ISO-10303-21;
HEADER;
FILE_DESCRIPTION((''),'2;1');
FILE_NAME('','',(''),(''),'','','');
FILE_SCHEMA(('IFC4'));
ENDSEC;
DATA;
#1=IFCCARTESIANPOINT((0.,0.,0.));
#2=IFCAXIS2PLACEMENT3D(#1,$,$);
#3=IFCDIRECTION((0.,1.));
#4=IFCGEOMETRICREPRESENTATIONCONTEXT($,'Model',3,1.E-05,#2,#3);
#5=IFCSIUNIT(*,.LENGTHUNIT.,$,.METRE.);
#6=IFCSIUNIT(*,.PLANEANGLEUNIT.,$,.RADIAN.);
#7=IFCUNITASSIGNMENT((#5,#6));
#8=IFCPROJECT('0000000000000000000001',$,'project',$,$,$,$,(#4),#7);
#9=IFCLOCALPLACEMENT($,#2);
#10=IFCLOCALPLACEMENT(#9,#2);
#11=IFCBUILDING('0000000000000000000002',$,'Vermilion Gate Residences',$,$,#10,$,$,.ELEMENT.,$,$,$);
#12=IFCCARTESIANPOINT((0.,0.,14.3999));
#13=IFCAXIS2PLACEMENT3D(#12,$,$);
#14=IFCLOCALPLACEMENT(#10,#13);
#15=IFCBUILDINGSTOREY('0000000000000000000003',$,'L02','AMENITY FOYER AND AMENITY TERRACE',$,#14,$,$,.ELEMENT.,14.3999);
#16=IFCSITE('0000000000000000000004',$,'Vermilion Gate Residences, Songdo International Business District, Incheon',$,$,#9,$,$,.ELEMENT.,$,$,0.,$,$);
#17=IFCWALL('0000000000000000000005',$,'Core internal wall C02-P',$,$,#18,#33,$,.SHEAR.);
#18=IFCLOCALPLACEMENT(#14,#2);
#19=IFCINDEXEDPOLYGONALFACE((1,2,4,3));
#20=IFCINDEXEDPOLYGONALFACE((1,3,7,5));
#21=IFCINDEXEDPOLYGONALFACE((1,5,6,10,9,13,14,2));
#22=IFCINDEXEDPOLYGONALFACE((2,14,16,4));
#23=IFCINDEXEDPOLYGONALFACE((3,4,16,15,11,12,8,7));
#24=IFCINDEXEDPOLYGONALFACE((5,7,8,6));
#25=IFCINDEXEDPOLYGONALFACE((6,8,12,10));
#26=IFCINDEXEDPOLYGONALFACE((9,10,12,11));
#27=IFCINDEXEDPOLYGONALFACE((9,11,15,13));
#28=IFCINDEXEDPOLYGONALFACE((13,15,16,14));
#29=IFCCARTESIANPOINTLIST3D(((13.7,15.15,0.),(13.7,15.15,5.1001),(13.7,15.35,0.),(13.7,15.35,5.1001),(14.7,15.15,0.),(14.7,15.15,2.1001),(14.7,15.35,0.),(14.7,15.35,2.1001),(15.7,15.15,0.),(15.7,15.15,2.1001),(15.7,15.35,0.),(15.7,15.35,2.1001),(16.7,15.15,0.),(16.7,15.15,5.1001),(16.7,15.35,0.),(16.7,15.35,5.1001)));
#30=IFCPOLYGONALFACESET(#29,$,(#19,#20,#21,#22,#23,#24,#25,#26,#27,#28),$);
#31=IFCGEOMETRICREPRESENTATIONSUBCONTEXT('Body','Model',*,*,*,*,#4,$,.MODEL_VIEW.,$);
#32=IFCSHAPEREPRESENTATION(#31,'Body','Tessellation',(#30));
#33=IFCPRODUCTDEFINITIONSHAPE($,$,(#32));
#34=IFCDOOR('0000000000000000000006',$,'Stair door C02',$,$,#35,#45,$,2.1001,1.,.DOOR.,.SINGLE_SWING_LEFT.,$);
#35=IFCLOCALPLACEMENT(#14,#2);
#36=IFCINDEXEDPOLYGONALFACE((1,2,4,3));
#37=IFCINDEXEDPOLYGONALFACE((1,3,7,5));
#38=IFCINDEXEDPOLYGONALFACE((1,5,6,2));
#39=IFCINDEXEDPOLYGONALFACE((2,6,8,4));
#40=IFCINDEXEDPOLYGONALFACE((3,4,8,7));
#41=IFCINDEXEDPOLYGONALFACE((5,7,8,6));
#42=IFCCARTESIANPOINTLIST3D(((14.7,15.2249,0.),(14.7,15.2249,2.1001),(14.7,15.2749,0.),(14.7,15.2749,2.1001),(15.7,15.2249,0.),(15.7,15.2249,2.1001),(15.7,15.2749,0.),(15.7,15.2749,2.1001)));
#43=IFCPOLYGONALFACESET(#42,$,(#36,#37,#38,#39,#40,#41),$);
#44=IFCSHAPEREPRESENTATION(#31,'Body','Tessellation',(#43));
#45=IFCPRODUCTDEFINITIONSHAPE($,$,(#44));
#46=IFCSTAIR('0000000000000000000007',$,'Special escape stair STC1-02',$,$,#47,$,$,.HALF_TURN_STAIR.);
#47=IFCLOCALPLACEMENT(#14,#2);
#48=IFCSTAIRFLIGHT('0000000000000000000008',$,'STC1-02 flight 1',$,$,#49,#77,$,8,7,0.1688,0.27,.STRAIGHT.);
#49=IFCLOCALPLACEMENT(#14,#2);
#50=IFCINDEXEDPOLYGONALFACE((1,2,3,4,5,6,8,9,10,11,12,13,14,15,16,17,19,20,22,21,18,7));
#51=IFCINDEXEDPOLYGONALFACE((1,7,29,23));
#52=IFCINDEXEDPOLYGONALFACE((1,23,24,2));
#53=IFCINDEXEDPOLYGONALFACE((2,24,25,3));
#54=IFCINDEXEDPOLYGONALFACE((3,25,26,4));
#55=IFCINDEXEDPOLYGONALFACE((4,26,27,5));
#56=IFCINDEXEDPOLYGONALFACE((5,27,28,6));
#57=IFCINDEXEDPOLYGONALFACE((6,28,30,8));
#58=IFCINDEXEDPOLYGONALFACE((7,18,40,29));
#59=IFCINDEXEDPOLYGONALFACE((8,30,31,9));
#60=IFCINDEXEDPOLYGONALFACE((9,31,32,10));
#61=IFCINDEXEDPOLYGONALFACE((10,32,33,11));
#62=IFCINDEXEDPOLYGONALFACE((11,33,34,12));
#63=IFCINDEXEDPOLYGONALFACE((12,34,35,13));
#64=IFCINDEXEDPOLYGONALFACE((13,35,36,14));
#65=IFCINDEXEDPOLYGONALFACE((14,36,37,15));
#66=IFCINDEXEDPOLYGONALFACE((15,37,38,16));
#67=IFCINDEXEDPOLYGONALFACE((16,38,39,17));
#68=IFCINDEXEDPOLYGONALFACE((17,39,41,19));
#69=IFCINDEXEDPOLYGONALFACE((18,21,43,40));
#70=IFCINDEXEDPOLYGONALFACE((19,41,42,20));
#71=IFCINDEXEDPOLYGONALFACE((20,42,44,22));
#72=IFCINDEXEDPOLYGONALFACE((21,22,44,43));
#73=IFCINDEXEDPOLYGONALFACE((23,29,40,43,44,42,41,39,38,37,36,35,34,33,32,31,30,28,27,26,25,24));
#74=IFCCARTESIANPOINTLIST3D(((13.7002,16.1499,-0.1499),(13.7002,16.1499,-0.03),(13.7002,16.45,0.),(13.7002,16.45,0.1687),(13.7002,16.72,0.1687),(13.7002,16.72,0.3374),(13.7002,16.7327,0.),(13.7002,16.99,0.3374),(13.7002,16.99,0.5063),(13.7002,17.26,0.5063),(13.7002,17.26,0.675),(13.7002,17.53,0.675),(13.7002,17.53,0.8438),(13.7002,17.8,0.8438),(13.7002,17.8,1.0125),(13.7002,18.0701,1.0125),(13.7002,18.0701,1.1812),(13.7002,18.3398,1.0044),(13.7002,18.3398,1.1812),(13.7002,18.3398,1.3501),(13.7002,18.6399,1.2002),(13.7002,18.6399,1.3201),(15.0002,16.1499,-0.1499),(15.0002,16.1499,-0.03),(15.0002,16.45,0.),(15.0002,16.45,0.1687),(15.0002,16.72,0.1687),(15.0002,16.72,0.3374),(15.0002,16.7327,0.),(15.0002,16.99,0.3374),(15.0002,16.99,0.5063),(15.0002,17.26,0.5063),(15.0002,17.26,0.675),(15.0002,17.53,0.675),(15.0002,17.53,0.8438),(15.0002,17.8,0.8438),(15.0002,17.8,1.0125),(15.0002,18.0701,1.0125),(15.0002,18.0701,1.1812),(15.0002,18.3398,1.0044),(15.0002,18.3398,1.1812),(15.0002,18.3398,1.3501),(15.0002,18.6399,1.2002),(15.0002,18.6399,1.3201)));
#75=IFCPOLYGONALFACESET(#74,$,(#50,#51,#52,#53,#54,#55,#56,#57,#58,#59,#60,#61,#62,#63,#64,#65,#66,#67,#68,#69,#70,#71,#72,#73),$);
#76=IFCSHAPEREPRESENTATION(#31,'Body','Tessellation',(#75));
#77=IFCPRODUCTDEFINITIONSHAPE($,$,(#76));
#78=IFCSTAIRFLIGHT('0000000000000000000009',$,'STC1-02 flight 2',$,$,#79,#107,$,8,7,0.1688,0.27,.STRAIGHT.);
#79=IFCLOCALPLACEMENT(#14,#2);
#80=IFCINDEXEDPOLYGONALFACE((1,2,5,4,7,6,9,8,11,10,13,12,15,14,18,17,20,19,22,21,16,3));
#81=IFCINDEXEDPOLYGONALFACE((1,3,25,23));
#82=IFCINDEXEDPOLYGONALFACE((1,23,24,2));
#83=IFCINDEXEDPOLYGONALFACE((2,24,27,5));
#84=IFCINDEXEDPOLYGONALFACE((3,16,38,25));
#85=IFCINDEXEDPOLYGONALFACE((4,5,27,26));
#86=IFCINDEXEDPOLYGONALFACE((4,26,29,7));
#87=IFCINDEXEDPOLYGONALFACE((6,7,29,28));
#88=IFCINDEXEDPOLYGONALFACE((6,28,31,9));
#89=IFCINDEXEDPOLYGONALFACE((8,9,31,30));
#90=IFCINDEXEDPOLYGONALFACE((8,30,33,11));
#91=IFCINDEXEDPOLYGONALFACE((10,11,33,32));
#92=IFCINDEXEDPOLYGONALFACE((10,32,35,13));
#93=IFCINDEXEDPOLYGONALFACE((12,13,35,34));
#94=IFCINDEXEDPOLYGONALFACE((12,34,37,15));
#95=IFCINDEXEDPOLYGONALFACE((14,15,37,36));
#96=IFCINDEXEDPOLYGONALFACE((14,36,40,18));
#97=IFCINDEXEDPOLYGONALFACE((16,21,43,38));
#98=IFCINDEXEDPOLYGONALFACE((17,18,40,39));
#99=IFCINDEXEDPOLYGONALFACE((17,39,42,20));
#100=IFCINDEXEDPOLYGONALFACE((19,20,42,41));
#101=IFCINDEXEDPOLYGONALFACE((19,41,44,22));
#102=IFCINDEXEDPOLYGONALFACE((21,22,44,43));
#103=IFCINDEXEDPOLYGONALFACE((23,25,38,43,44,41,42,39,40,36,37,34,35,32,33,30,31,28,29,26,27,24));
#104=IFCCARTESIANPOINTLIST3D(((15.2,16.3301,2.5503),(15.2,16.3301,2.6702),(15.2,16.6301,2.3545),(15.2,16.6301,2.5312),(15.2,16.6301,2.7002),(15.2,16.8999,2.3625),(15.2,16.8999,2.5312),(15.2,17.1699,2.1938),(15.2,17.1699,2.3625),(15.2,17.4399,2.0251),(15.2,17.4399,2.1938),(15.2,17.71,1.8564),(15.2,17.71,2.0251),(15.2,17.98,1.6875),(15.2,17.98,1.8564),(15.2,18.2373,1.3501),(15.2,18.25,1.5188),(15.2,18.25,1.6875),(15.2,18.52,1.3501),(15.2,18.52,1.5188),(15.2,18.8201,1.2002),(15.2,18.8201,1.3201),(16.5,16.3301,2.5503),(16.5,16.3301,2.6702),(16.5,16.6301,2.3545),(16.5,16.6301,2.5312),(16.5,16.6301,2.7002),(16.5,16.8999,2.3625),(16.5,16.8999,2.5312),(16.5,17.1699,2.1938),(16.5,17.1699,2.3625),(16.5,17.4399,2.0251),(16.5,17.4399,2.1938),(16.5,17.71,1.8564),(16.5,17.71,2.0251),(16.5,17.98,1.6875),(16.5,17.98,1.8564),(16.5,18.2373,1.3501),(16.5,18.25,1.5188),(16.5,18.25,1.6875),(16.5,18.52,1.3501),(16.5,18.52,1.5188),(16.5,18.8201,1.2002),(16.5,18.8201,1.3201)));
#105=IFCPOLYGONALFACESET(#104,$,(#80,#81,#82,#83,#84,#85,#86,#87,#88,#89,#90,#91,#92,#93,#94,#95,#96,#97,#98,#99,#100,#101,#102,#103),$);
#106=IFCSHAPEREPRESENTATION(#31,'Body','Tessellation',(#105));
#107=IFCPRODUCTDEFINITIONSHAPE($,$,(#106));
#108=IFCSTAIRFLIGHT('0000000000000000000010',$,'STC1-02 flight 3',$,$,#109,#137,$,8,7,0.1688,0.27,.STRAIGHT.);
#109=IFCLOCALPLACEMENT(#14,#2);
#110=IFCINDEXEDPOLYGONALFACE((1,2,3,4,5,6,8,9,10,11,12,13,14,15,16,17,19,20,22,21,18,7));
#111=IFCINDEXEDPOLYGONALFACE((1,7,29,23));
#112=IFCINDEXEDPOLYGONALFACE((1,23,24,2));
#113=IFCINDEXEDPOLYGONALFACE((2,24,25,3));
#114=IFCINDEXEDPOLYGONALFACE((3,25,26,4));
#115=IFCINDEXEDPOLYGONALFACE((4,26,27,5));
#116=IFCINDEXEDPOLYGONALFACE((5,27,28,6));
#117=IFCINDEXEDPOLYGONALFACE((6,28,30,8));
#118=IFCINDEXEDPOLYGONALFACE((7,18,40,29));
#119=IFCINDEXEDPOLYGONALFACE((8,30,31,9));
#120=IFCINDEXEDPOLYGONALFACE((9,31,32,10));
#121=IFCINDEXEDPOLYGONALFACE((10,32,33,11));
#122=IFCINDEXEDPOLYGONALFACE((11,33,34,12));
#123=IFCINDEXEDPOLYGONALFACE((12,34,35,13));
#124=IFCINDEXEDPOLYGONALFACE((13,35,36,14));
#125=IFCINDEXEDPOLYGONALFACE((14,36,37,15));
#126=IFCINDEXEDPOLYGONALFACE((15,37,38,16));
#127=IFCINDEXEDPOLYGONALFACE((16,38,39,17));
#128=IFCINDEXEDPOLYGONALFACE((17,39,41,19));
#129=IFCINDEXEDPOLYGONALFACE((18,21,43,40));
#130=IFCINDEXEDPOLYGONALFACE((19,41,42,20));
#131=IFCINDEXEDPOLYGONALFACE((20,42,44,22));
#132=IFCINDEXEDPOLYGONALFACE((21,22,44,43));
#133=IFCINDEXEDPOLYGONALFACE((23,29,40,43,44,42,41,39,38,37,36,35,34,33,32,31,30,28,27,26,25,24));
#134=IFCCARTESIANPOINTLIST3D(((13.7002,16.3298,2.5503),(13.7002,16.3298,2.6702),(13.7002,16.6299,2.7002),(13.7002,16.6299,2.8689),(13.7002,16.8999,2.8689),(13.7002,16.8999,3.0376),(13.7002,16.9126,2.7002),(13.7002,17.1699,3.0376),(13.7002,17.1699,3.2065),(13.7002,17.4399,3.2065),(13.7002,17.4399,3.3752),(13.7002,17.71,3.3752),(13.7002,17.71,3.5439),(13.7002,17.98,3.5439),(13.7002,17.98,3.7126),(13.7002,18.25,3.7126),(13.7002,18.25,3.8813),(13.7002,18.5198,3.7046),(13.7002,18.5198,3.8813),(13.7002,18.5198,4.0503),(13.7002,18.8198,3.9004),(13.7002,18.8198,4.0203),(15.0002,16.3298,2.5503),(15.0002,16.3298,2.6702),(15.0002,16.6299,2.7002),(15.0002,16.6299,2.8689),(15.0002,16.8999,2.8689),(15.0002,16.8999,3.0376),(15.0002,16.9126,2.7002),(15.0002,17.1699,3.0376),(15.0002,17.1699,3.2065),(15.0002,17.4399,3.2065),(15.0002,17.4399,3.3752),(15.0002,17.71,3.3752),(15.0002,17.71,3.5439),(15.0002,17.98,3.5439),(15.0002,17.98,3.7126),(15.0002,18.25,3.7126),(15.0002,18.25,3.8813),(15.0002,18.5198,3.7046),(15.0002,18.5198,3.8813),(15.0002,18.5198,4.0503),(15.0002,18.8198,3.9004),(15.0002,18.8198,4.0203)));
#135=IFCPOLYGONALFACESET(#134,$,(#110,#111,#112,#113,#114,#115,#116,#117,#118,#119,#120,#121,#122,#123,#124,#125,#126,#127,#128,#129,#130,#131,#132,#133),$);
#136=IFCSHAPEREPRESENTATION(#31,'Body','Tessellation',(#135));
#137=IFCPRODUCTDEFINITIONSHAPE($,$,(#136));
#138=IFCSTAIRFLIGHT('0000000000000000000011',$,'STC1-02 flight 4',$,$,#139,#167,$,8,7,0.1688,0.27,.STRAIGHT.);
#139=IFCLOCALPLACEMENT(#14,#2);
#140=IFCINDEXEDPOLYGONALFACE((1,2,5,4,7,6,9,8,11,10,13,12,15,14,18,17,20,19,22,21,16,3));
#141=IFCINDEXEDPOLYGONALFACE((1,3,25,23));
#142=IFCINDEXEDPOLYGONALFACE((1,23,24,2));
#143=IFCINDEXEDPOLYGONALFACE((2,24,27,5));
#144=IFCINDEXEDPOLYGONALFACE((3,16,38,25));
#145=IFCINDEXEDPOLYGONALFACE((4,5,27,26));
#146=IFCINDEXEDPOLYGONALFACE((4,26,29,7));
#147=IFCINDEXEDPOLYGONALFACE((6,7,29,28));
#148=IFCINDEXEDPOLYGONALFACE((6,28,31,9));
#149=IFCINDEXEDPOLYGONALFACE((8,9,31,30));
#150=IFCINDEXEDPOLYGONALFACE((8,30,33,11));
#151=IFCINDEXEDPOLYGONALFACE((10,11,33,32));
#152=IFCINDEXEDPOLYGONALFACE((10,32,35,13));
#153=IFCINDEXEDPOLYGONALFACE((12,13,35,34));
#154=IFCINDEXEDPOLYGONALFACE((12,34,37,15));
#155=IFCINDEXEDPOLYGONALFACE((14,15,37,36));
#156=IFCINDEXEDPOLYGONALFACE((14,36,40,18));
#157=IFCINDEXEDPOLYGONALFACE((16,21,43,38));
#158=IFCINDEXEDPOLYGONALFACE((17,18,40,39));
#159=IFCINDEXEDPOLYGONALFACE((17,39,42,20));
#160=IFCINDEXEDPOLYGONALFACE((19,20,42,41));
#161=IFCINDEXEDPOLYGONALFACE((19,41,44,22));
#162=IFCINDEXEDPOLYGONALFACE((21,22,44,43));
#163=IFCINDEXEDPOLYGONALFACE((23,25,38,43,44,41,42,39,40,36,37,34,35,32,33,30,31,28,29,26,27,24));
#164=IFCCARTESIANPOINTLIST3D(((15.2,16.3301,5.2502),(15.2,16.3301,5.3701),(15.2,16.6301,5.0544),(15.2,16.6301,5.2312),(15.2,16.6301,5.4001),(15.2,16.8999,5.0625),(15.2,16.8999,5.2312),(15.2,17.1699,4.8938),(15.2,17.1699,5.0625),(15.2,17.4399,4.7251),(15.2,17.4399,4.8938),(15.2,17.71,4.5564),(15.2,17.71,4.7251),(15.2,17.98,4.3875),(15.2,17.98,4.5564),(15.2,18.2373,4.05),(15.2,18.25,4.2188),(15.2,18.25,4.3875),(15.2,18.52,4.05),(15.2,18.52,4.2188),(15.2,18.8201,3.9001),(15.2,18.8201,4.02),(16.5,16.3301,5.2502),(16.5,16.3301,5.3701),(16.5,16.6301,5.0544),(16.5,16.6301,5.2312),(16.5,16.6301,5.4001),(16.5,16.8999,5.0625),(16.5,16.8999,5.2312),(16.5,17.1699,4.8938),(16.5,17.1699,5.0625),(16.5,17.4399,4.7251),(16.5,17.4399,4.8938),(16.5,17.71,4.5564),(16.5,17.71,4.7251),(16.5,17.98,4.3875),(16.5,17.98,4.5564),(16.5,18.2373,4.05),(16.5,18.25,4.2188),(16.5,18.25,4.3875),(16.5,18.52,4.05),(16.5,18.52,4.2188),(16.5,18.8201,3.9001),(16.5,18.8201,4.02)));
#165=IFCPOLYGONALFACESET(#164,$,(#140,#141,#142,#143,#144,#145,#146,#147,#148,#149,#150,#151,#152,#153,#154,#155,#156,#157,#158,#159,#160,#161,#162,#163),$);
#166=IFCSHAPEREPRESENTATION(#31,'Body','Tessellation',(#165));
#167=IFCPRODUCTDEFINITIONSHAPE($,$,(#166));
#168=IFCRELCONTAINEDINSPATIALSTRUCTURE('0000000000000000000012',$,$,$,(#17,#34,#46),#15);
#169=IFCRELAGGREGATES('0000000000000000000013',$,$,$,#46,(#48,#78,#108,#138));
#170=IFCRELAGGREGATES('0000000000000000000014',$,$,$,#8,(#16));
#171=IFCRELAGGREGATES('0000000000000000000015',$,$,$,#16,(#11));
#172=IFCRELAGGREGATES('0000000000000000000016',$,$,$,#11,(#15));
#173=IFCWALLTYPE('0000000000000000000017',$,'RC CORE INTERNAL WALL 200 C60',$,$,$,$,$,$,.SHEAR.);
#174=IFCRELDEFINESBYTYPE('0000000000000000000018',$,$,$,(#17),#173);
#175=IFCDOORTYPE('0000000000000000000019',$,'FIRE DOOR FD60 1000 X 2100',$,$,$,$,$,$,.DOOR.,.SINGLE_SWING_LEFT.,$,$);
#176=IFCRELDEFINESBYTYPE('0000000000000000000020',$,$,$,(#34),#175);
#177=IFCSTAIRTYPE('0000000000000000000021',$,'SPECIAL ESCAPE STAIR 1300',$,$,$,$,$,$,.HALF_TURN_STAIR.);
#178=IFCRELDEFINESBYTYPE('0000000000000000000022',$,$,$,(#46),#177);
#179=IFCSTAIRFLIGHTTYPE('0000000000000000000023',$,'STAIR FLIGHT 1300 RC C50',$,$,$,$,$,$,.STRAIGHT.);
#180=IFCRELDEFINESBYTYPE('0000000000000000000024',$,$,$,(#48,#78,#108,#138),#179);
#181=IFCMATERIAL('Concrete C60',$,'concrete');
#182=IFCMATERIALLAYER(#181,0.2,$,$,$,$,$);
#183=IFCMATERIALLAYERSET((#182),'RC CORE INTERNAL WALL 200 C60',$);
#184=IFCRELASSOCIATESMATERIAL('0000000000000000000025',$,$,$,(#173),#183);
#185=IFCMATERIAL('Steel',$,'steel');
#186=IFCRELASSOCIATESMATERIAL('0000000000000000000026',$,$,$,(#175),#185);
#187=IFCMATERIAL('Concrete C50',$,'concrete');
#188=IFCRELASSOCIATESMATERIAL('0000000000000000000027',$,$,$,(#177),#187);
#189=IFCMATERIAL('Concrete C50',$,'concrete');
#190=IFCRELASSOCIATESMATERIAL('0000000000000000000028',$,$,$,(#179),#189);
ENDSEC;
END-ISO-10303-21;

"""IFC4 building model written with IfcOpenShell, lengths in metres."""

from ifc_helpers import new_model, si_unit, direction, frame, frame_2d, origin, place, context, subcontext, project, spatial, polyline, rectangle, outline, extrude, material, layer, layer_set, type_object, element, fill, aggregate, save


model = new_model("IFC4")

# Units and contexts
model_context = context("Model", 3, precision=1e-05, world=origin(), true_north=direction((0.0, 1.0)))
body_context = subcontext(model_context, "Body", "Model", "MODEL_VIEW")
ifc_project = project(units=[si_unit("LENGTHUNIT", "METRE"), si_unit("PLANEANGLEUNIT", "RADIAN")], contexts=[model_context])

# Site, building, storey
site_placement = place(None, origin())
site = spatial("IfcSite", under=ifc_project, at=site_placement, Name="Vermilion Gate Residences, Songdo International Business District, Incheon", CompositionType="ELEMENT", RefElevation=0.0)
building_placement = place(site_placement, origin())
building = spatial("IfcBuilding", under=site, at=building_placement, Name="Vermilion Gate Residences", CompositionType="ELEMENT")
storey_placement = place(building_placement, frame((0.0, 0.0, 14.3999)))
storey = spatial("IfcBuildingStorey", under=building, at=storey_placement, Name="L02", Description="AMENITY FOYER AND AMENITY TERRACE", CompositionType="ELEMENT", Elevation=14.3999)

# Shared definitions
ifc_material_1 = material(Name="Concrete C60", Category="concrete")
ifc_layer_1 = layer(ifc_material_1, 0.2)
ifc_layer_set_1 = layer_set([ifc_layer_1], Name="RC CORE INTERNAL WALL 200 C60")
wall_type_1 = type_object("IfcWallType", Name="RC CORE INTERNAL WALL 200 C60", PredefinedType="SHEAR", material=ifc_layer_set_1)

# Wall, opening, door
wall_1_placement = place(storey_placement, frame((13.7, 15.25, 0.0), z_axis=(0.0, 0.0, 1.0), x_axis=(1.0, 0.0, 0.0)))
wall_1 = element("IfcWall", 1, at=wall_1_placement, inside=storey, type_object=wall_type_1, Name="Core internal wall C02-P", PredefinedType="SHEAR", context=body_context, shape_type="SweptSolid", body=[
    extrude(rectangle(XDim=3.0, YDim=0.2, at=frame_2d((1.5, 0.0))), origin(), (0.0, 0.0, 1.0), 5.1001),
])
opening_1_placement = place(wall_1_placement, frame((1.0, 0.0, 0.0)))
opening_1 = element("IfcOpeningElement", 2, at=opening_1_placement, cuts=wall_1, PredefinedType="OPENING", context=body_context, shape_type="SweptSolid", body=[
    extrude(rectangle(XDim=1.0, YDim=2.1001, at=frame_2d((0.5, 1.05))), frame((0.0, 0.1099, 0.0), z_axis=(0.0, -1.0, 0.0), x_axis=(1.0, 0.0, 0.0)), (0.0, 0.0, 1.0), 0.22),
])
ifc_material_2 = material(Name="Steel", Category="steel")
door_type_1 = type_object("IfcDoorType", Name="FIRE DOOR FD60 1000 X 2100", OperationType="SINGLE_SWING_LEFT", PredefinedType="DOOR", material=ifc_material_2)
door_1_placement = place(opening_1_placement, origin())
door_1 = element("IfcDoor", 3, at=door_1_placement, inside=storey, type_object=door_type_1, Name="Stair door C02", OperationType="SINGLE_SWING_LEFT", OverallHeight=2.1001, OverallWidth=1.0, PredefinedType="DOOR", context=body_context, shape_type="SweptSolid", body=[
    extrude(rectangle(XDim=1.0, YDim=2.1001, at=frame_2d((0.5, 1.05))), frame((0.0, 0.0249, 0.0), z_axis=(0.0, -1.0, 0.0), x_axis=(1.0, 0.0, 0.0)), (0.0, 0.0, 1.0), 0.05),
])
fill(opening_1, door_1)

# Stair, stair flights
ifc_material_3 = material(Name="Concrete C50", Category="concrete")
stair_type = type_object("IfcStairType", Name="SPECIAL ESCAPE STAIR 1300", PredefinedType="HALF_TURN_STAIR", material=ifc_material_3)
stair_placement = place(storey_placement, origin())
stair = element("IfcStair", 4, at=stair_placement, inside=storey, type_object=stair_type, Name="Special escape stair STC1-02", PredefinedType="HALF_TURN_STAIR")
ifc_material_4 = material(Name="Concrete C50", Category="concrete")
stair_flight_type = type_object("IfcStairFlightType", Name="STAIR FLIGHT 1300 RC C50", PredefinedType="STRAIGHT", material=ifc_material_4)
stair_flight_1_placement = place(storey_placement, frame((14.3501, 16.45, 0.0), z_axis=(0.0, 0.0, 1.0), x_axis=(0.0, 1.0, 0.0)))
stair_flight_1 = element("IfcStairFlight", 5, at=stair_flight_1_placement, type_object=stair_flight_type, Name="STC1-02 flight 1", NumberOfRisers=8, NumberOfTreads=7, PredefinedType="STRAIGHT", RiserHeight=0.1688, TreadLength=0.27, context=body_context, shape_type="SweptSolid", body=[
    extrude(outline(polyline([(-0.3, -0.1499), (-0.3, -0.03), (0.0, 0.0), (0.0, 0.1687), (0.27, 0.1687), (0.27, 0.3374), (0.54, 0.3374), (0.54, 0.5063), (0.8101, 0.5063), (0.8101, 0.675), (1.0801, 0.675), (1.0801, 0.8438), (1.3501, 0.8438), (1.3501, 1.0125), (1.6201, 1.0125), (1.6201, 1.1812), (1.8899, 1.1812), (1.8899, 1.3501), (2.1899, 1.3201), (2.1899, 1.2002), (1.8899, 1.0044), (0.2827, 0.0), (-0.3, -0.1499)])), frame((0.0, 0.6499, 0.0), z_axis=(0.0, -1.0, 0.0), x_axis=(1.0, 0.0, 0.0)), (0.0, 0.0, 1.0), 1.3),
])
stair_flight_2_placement = place(storey_placement, frame((15.8501, 18.52, 1.3501), z_axis=(0.0, 0.0, 1.0), x_axis=(0.0, -1.0, 0.0)))
stair_flight_2 = element("IfcStairFlight", 6, at=stair_flight_2_placement, type_object=stair_flight_type, Name="STC1-02 flight 2", NumberOfRisers=8, NumberOfTreads=7, PredefinedType="STRAIGHT", RiserHeight=0.1688, TreadLength=0.27, context=body_context, shape_type="SweptSolid", body=[
    extrude(outline(polyline([(-0.3, -0.1499), (-0.3, -0.03), (0.0, 0.0), (0.0, 0.1687), (0.27, 0.1687), (0.27, 0.3374), (0.54, 0.3374), (0.54, 0.5063), (0.8101, 0.5063), (0.8101, 0.675), (1.0801, 0.675), (1.0801, 0.8438), (1.3501, 0.8438), (1.3501, 1.0125), (1.6201, 1.0125), (1.6201, 1.1812), (1.8899, 1.1812), (1.8899, 1.3501), (2.1899, 1.3201), (2.1899, 1.2002), (1.8899, 1.0044), (0.2827, 0.0), (-0.3, -0.1499)])), frame((0.0, 0.6499, 0.0), z_axis=(0.0, -1.0, 0.0), x_axis=(1.0, 0.0, 0.0)), (0.0, 0.0, 1.0), 1.3),
])
stair_flight_3_placement = place(storey_placement, frame((14.3501, 16.6299, 2.7002), z_axis=(0.0, 0.0, 1.0), x_axis=(0.0, 1.0, 0.0)))
stair_flight_3 = element("IfcStairFlight", 7, at=stair_flight_3_placement, type_object=stair_flight_type, Name="STC1-02 flight 3", NumberOfRisers=8, NumberOfTreads=7, PredefinedType="STRAIGHT", RiserHeight=0.1688, TreadLength=0.27, context=body_context, shape_type="SweptSolid", body=[
    extrude(outline(polyline([(-0.3, -0.1499), (-0.3, -0.03), (0.0, 0.0), (0.0, 0.1687), (0.27, 0.1687), (0.27, 0.3374), (0.54, 0.3374), (0.54, 0.5063), (0.8101, 0.5063), (0.8101, 0.675), (1.0801, 0.675), (1.0801, 0.8438), (1.3501, 0.8438), (1.3501, 1.0125), (1.6201, 1.0125), (1.6201, 1.1812), (1.8899, 1.1812), (1.8899, 1.3501), (2.1899, 1.3201), (2.1899, 1.2002), (1.8899, 1.0044), (0.2827, 0.0), (-0.3, -0.1499)])), frame((0.0, 0.6499, 0.0), z_axis=(0.0, -1.0, 0.0), x_axis=(1.0, 0.0, 0.0)), (0.0, 0.0, 1.0), 1.3),
])
stair_flight_4_placement = place(storey_placement, frame((15.8501, 18.52, 4.05), z_axis=(0.0, 0.0, 1.0), x_axis=(0.0, -1.0, 0.0)))
stair_flight_4 = element("IfcStairFlight", 8, at=stair_flight_4_placement, type_object=stair_flight_type, Name="STC1-02 flight 4", NumberOfRisers=8, NumberOfTreads=7, PredefinedType="STRAIGHT", RiserHeight=0.1688, TreadLength=0.27, context=body_context, shape_type="SweptSolid", body=[
    extrude(outline(polyline([(-0.3, -0.1499), (-0.3, -0.03), (0.0, 0.0), (0.0, 0.1687), (0.27, 0.1687), (0.27, 0.3374), (0.54, 0.3374), (0.54, 0.5063), (0.8101, 0.5063), (0.8101, 0.675), (1.0801, 0.675), (1.0801, 0.8438), (1.3501, 0.8438), (1.3501, 1.0125), (1.6201, 1.0125), (1.6201, 1.1812), (1.8899, 1.1812), (1.8899, 1.3501), (2.1899, 1.3201), (2.1899, 1.2002), (1.8899, 1.0044), (0.2827, 0.0), (-0.3, -0.1499)])), frame((0.0, 0.6499, 0.0), z_axis=(0.0, -1.0, 0.0), x_axis=(1.0, 0.0, 0.0)), (0.0, 0.0, 1.0), 1.3),
])
aggregate(stair, [stair_flight_1, stair_flight_2, stair_flight_3, stair_flight_4])

save(model, "model.ifc")
